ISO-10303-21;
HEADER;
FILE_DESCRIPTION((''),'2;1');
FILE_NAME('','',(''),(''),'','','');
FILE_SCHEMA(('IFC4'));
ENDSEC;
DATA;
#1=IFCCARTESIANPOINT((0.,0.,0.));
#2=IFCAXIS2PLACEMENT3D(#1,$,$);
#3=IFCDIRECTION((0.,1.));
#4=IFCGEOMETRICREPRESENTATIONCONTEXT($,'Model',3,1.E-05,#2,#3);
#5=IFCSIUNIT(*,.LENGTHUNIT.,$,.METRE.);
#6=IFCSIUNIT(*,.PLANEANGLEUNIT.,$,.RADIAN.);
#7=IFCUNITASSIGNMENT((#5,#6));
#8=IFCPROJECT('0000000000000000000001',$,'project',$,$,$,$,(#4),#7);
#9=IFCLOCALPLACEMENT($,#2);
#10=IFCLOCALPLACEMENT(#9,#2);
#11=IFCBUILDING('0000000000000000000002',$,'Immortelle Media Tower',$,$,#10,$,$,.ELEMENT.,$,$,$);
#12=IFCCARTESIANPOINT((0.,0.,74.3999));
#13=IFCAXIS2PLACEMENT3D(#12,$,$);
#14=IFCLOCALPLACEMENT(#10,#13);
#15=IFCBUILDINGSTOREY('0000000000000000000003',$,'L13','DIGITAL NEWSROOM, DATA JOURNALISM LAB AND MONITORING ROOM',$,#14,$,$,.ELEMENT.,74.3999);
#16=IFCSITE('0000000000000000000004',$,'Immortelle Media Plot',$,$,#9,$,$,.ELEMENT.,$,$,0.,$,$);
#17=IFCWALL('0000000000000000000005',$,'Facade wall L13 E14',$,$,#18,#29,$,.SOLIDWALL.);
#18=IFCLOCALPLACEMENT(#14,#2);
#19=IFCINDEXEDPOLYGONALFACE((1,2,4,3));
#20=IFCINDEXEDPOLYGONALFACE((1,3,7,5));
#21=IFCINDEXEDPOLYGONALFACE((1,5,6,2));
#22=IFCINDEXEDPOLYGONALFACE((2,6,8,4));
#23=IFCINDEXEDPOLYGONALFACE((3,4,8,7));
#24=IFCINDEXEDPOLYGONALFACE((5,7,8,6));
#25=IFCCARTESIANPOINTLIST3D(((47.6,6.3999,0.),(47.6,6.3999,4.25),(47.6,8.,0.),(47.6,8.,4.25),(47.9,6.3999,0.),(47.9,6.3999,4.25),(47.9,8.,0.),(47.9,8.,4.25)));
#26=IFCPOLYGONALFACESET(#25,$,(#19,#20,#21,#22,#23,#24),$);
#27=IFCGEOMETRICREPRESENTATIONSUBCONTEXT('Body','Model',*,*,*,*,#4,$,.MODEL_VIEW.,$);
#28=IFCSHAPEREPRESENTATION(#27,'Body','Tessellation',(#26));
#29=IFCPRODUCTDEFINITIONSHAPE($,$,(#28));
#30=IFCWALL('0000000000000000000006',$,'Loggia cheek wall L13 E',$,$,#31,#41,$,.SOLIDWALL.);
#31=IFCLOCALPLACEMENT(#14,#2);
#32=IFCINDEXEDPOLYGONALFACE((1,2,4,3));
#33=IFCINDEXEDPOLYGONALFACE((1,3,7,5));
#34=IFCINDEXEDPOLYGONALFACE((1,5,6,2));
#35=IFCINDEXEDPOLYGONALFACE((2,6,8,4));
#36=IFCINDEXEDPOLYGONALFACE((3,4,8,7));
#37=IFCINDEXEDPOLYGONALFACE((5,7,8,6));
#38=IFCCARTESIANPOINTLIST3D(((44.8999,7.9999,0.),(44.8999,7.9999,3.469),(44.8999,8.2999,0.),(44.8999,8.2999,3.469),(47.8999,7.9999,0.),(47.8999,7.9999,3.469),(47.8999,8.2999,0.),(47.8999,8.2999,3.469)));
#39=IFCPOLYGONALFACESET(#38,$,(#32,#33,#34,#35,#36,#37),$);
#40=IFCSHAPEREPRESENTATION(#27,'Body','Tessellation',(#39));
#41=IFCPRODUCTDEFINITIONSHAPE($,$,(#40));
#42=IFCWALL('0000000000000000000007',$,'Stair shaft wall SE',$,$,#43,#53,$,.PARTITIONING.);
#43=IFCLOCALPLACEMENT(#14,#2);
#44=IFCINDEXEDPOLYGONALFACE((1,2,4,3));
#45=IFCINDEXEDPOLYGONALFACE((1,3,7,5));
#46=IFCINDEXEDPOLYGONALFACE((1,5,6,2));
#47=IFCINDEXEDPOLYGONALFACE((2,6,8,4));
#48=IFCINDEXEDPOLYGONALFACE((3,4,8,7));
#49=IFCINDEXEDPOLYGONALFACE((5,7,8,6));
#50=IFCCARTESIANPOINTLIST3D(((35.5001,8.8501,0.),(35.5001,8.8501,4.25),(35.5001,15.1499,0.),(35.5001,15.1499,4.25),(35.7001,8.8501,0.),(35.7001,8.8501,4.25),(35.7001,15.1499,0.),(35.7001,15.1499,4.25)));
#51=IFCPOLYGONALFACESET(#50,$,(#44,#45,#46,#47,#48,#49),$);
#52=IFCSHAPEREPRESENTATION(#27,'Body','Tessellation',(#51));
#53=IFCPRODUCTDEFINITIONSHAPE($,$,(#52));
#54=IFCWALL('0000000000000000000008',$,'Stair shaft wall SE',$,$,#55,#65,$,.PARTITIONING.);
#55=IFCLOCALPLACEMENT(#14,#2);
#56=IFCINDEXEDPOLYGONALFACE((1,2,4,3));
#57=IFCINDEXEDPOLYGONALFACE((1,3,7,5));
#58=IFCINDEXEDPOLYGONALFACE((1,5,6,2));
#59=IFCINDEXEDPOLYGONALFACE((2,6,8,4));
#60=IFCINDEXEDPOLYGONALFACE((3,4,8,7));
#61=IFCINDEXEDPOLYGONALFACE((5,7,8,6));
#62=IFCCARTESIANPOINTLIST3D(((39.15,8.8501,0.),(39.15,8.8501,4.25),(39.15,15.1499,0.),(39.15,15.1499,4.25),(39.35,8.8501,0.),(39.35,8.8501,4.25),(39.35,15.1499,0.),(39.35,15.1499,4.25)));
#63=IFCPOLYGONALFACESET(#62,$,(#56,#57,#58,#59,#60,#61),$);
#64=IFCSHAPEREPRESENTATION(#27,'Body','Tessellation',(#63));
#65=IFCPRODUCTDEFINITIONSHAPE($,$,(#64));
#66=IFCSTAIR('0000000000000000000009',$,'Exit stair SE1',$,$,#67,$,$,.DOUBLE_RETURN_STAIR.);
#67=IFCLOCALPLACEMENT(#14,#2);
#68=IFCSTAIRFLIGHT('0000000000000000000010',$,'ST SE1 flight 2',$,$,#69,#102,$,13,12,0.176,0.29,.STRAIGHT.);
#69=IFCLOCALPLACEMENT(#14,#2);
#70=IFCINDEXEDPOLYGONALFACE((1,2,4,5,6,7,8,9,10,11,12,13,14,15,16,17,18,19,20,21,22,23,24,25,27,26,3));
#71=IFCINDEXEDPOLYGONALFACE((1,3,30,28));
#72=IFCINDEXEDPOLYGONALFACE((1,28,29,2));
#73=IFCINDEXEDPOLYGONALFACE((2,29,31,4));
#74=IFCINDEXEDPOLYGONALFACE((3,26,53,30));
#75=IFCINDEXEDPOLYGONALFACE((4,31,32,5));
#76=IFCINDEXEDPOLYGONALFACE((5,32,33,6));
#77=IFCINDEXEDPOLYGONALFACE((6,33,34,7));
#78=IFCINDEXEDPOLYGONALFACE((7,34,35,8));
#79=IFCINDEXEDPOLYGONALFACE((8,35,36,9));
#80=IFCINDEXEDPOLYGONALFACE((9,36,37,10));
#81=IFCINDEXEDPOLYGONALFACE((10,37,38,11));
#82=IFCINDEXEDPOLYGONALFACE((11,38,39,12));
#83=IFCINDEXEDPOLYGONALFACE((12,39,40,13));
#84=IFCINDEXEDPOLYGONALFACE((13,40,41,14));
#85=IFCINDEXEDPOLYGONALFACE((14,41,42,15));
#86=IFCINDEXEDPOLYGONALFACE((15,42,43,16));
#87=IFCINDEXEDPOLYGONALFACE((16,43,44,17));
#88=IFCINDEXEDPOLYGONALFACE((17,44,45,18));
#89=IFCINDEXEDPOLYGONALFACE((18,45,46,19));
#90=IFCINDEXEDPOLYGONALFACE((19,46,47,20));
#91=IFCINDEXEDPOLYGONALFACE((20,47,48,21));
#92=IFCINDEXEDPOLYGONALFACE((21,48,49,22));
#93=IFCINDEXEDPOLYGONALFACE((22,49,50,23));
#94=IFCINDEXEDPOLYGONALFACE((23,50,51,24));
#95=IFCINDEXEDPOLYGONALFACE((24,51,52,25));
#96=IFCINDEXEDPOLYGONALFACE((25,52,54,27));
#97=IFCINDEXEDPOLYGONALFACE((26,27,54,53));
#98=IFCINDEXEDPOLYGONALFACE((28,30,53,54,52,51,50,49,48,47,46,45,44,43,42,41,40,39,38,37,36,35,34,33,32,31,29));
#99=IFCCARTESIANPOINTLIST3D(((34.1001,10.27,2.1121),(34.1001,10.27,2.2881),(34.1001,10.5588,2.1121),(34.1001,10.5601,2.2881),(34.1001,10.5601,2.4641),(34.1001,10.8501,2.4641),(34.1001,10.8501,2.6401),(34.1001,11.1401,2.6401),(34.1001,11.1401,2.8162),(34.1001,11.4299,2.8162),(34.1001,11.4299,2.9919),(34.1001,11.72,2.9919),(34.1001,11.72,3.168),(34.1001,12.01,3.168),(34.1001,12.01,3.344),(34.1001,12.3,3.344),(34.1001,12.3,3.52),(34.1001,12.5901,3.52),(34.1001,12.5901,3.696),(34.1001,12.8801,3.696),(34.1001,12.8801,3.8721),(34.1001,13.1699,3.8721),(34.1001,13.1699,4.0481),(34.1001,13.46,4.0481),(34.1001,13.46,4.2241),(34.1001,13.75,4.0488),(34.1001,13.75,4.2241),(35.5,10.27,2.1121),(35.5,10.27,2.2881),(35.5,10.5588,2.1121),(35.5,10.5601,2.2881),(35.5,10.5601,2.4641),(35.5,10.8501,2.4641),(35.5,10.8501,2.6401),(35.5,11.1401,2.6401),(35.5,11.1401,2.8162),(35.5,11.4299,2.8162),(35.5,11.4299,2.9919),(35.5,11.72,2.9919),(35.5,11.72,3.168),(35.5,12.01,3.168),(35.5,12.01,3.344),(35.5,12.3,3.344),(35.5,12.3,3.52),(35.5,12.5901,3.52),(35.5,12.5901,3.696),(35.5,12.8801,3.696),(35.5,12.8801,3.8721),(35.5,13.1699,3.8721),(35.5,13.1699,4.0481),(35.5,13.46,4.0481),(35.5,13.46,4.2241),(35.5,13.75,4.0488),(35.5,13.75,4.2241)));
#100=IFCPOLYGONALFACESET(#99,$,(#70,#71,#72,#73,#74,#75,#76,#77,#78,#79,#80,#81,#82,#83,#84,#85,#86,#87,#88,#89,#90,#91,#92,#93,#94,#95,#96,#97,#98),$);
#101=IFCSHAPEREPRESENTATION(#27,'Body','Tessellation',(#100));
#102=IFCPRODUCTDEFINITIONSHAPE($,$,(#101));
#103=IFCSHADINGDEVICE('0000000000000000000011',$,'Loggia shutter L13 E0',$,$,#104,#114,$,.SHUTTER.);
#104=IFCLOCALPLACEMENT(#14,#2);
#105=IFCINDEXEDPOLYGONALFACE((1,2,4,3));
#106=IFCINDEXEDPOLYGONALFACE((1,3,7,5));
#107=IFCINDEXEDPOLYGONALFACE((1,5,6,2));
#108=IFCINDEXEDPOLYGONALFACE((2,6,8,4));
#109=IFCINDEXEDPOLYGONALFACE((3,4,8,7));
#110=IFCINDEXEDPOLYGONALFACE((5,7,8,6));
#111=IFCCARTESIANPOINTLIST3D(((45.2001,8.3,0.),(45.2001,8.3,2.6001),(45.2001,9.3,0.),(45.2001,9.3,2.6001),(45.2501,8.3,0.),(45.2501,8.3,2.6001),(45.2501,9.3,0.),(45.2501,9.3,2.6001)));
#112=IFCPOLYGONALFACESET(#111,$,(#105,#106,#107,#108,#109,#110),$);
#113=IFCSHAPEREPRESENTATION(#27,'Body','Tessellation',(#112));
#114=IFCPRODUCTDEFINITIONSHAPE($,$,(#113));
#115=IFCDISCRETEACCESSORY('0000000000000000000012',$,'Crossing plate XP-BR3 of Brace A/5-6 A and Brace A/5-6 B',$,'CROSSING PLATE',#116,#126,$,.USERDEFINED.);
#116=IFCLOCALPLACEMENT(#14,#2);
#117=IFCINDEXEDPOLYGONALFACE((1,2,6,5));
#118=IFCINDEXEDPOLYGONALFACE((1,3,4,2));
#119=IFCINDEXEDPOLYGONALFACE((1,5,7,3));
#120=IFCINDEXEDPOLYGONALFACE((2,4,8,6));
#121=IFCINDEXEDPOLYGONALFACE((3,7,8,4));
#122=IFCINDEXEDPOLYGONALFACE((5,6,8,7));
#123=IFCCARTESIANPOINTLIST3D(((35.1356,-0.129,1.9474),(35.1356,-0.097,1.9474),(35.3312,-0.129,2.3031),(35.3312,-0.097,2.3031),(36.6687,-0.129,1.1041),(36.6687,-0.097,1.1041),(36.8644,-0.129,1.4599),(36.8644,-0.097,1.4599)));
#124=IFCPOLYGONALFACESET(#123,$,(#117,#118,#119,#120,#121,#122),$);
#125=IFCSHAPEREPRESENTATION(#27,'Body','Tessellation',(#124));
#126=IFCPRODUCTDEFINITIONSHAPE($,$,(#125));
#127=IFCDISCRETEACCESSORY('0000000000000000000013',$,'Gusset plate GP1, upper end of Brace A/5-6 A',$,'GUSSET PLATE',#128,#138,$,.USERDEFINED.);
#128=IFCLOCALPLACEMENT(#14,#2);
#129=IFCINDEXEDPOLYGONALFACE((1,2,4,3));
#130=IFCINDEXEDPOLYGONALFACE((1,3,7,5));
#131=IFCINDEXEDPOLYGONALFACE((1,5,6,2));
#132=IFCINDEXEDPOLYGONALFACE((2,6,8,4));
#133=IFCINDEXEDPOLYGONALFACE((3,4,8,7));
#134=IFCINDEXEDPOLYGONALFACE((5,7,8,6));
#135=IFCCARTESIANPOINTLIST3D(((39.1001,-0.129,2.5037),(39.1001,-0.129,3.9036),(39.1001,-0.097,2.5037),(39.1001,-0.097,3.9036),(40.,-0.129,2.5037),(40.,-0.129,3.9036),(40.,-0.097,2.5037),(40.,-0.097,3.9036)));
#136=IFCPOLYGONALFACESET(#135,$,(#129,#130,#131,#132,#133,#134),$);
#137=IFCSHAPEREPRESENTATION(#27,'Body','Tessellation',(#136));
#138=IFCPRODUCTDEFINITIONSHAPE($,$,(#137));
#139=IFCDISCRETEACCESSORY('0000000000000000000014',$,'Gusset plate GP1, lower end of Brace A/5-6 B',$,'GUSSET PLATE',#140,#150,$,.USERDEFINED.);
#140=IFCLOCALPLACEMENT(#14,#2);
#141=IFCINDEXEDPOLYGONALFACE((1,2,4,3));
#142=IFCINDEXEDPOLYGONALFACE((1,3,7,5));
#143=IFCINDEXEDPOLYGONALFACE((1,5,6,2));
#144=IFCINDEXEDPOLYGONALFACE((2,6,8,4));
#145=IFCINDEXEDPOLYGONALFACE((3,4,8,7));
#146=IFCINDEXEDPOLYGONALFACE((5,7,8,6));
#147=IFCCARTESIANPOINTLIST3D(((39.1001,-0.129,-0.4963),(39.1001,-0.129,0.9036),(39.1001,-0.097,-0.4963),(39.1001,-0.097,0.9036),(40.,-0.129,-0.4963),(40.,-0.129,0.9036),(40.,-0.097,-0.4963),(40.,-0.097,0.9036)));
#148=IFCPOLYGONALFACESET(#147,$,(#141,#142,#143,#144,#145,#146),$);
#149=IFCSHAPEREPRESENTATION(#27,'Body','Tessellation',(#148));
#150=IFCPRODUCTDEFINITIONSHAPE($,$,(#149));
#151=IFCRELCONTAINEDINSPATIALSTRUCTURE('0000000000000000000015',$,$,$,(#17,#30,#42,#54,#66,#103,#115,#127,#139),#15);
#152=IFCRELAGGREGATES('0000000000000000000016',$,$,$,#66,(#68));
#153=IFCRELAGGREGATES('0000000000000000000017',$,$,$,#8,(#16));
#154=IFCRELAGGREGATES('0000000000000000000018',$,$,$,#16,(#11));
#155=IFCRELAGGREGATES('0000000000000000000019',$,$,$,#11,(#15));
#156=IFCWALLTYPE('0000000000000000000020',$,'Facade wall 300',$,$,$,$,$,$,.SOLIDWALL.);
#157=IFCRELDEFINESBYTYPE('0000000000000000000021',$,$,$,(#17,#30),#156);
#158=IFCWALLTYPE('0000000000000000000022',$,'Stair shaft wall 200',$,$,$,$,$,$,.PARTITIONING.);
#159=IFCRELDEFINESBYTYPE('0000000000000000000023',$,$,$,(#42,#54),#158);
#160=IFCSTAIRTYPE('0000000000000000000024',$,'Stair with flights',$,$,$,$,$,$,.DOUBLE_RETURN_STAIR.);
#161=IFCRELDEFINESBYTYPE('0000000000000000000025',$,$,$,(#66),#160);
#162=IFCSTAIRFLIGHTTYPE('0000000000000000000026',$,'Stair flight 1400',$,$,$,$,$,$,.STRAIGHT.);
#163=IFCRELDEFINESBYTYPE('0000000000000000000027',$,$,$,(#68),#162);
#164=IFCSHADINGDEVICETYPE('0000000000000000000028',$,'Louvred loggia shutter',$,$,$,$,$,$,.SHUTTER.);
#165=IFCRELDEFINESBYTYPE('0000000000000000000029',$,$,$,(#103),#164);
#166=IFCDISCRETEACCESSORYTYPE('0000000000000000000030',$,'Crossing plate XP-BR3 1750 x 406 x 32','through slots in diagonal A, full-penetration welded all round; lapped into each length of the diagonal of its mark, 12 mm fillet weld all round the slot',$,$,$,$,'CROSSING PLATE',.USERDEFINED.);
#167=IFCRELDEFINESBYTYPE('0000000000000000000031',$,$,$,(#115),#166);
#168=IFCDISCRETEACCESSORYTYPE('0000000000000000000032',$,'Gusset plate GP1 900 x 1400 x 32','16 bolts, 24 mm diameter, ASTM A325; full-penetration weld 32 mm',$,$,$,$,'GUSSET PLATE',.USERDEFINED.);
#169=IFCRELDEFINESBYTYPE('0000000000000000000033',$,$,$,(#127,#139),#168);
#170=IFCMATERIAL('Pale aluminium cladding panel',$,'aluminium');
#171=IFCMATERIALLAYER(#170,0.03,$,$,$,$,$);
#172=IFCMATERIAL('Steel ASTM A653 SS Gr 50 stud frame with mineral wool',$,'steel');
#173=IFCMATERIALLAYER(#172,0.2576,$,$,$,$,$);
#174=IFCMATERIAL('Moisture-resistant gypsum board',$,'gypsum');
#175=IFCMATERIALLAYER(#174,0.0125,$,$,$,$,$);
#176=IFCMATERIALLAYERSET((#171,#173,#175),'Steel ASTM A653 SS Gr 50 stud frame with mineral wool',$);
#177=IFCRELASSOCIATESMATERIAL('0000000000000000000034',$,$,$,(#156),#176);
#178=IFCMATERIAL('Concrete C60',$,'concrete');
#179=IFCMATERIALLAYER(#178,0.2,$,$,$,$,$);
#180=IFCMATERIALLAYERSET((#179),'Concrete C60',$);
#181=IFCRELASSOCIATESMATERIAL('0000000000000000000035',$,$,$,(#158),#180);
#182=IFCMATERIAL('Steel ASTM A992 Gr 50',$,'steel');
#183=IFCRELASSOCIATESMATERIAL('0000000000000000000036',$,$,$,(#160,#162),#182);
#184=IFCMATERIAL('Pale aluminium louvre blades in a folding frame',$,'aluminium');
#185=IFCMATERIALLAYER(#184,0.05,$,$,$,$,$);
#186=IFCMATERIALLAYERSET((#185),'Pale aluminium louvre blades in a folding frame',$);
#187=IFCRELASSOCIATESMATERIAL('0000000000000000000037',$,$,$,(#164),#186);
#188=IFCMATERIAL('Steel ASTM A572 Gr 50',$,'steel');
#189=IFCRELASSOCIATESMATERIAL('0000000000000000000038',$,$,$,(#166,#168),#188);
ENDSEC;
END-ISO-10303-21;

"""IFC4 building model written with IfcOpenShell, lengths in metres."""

from ifc_helpers import new_model, si_unit, direction, frame, frame_2d, origin, origin_2d, place, context, subcontext, project, spatial, polyline, rectangle, outline, extrude, material, layer, layer_set, material_profile, profile_set, type_object, element, aggregate, save


model = new_model("IFC4")

# Units and contexts
model_context = context("Model", 3, precision=1e-05, world=origin(), true_north=direction((0.0, 1.0)))
body_context = subcontext(model_context, "Body", "Model", "MODEL_VIEW")
ifc_project = project(units=[si_unit("LENGTHUNIT", "METRE"), si_unit("PLANEANGLEUNIT", "RADIAN")], contexts=[model_context])

# Site, building, storey
site_placement = place(None, origin())
site = spatial("IfcSite", under=ifc_project, at=site_placement, Name="Immortelle Media Plot", CompositionType="ELEMENT", RefElevation=0.0)
building_placement = place(site_placement, origin())
building = spatial("IfcBuilding", under=site, at=building_placement, Name="Immortelle Media Tower", CompositionType="ELEMENT")
storey_placement = place(building_placement, frame((0.0, 0.0, 74.3999)))
storey = spatial("IfcBuildingStorey", under=building, at=storey_placement, Name="L13", Description="DIGITAL NEWSROOM, DATA JOURNALISM LAB AND MONITORING ROOM", CompositionType="ELEMENT", Elevation=74.3999)

# Shared definitions
ifc_material_1 = material(Name="Steel ASTM A992 Gr 50", Category="steel")

# Wall
ifc_material_2 = material(Name="Pale aluminium cladding panel", Category="aluminium")
ifc_layer_1 = layer(ifc_material_2, 0.03)
ifc_material_3 = material(Name="Steel ASTM A653 SS Gr 50 stud frame with mineral wool", Category="steel")
ifc_layer_2 = layer(ifc_material_3, 0.2576)
ifc_material_4 = material(Name="Moisture-resistant gypsum board", Category="gypsum")
ifc_layer_3 = layer(ifc_material_4, 0.0125)
ifc_layer_set_1 = layer_set([ifc_layer_1, ifc_layer_2, ifc_layer_3], Name="Steel ASTM A653 SS Gr 50 stud frame with mineral wool")
wall_type_1 = type_object("IfcWallType", Name="Facade wall 300", PredefinedType="SOLIDWALL", material=ifc_layer_set_1)
wall_1_placement = place(storey_placement, frame((47.75, 6.3999, 0.0), z_axis=(0.0, 0.0, 1.0), x_axis=(0.0, 1.0, 0.0)))
element("IfcWall", 1, at=wall_1_placement, inside=storey, type_object=wall_type_1, Name="Facade wall L13 E14", PredefinedType="SOLIDWALL", context=body_context, shape_type="SweptSolid", body=[
    extrude(rectangle(XDim=1.6001, YDim=0.3, at=frame_2d((0.8, 0.0))), origin(), (0.0, 0.0, 1.0), 4.25),
])

# Walls
wall_2_placement = place(storey_placement, frame((47.8999, 8.1499, 0.0), z_axis=(0.0, 0.0, 1.0), x_axis=(-1.0, 0.0, 0.0)))
element("IfcWall", 2, at=wall_2_placement, inside=storey, type_object=wall_type_1, Name="Loggia cheek wall L13 E", PredefinedType="SOLIDWALL", context=body_context, shape_type="SweptSolid", body=[
    extrude(rectangle(XDim=3.0, YDim=0.3, at=frame_2d((1.5, 0.0))), origin(), (0.0, 0.0, 1.0), 3.469),
])
ifc_material_5 = material(Name="Concrete C60", Category="concrete")
ifc_layer_4 = layer(ifc_material_5, 0.2)
ifc_layer_set_2 = layer_set([ifc_layer_4], Name="Concrete C60")
wall_type_2 = type_object("IfcWallType", Name="Stair shaft wall 200", PredefinedType="PARTITIONING", material=ifc_layer_set_2)
for number, where, z_axis, x_axis, name in (
    (3, (35.6001, 8.8501, 0.0), (0.0, 0.0, 1.0), (0.0, 1.0, 0.0), "Stair shaft wall SE"),
    (4, (39.25, 8.8501, 0.0), (0.0, 0.0, 1.0), (0.0, 1.0, 0.0), "Stair shaft wall SE"),
):
    element("IfcWall", number, at=place(storey_placement, frame(where, z_axis=z_axis, x_axis=x_axis)), inside=storey, type_object=wall_type_2, Name=name, PredefinedType="PARTITIONING", context=body_context, shape_type="SweptSolid", body=[
        extrude(rectangle(XDim=6.2998, YDim=0.2, at=frame_2d((3.1499, 0.0))), origin(), (0.0, 0.0, 1.0), 4.25),
    ])

# Stair, stair flight
stair_type = type_object("IfcStairType", Name="Stair with flights", PredefinedType="DOUBLE_RETURN_STAIR", material=ifc_material_1)
stair_placement = place(storey_placement, origin())
stair = element("IfcStair", 5, at=stair_placement, inside=storey, type_object=stair_type, Name="Exit stair SE1", PredefinedType="DOUBLE_RETURN_STAIR")
stair_flight_type = type_object("IfcStairFlightType", Name="Stair flight 1400", PredefinedType="STRAIGHT", material=ifc_material_1)
stair_flight_placement = place(storey_placement, frame((34.8, 10.27, 2.1121), z_axis=(0.0, 0.0, 1.0), x_axis=(0.0, 1.0, 0.0)))
stair_flight = element("IfcStairFlight", 6, at=stair_flight_placement, type_object=stair_flight_type, Name="ST SE1 flight 2", NumberOfRisers=13, NumberOfTreads=12, PredefinedType="STRAIGHT", RiserHeight=0.176, TreadLength=0.29, context=body_context, shape_type="SweptSolid", body=[
    extrude(outline(polyline([(0.0, 0.0), (0.0, 0.176), (0.29, 0.176), (0.29, 0.3521), (0.5801, 0.3521), (0.5801, 0.5281), (0.8701, 0.5281), (0.8701, 0.7041), (1.1599, 0.7041), (1.1599, 0.8799), (1.45, 0.8799), (1.45, 1.0559), (1.74, 1.0559), (1.74, 1.2319), (2.03, 1.2319), (2.03, 1.408), (2.3201, 1.408), (2.3201, 1.584), (2.6101, 1.584), (2.6101, 1.76), (2.8999, 1.76), (2.8999, 1.936), (3.1899, 1.936), (3.1899, 2.1121), (3.48, 2.1121), (3.48, 2.2881), (3.48, 1.9368), (0.2888, 0.0), (0.0, 0.0)])), frame((0.0, 0.7, 0.0), z_axis=(0.0, -1.0, 0.0), x_axis=(1.0, 0.0, 0.0)), (0.0, 0.0, 1.0), 1.3999),
])
aggregate(stair, [stair_flight])

# Shading device
ifc_material_6 = material(Name="Pale aluminium louvre blades in a folding frame", Category="aluminium")
ifc_layer_5 = layer(ifc_material_6, 0.05)
ifc_layer_set_3 = layer_set([ifc_layer_5], Name="Pale aluminium louvre blades in a folding frame")
shading_device_type = type_object("IfcShadingDeviceType", Name="Louvred loggia shutter", PredefinedType="SHUTTER", material=ifc_layer_set_3)
shading_device_placement = place(storey_placement, frame((45.2251, 8.8, 0.0), z_axis=(0.0, 0.0, 1.0), x_axis=(0.0, 1.0, 0.0)))
element("IfcShadingDevice", 7, at=shading_device_placement, inside=storey, type_object=shading_device_type, Name="Loggia shutter L13 E0", PredefinedType="SHUTTER", context=body_context, shape_type="SweptSolid", body=[
    extrude(rectangle(XDim=1.0, YDim=0.05, at=origin_2d()), origin(), (0.0, 0.0, 1.0), 2.6001),
])

# Discrete accessories
ifc_material_7 = material(Name="Steel ASTM A572 Gr 50", Category="steel")
ifc_material_profile_1 = material_profile(ifc_material_7, rectangle(XDim=0.032, YDim=0.406, at=origin_2d()), Name="PL 32 x 406")
ifc_profile_set_1 = profile_set([ifc_material_profile_1], Name="Steel ASTM A572 Gr 50")
discrete_accessory_type_1 = type_object("IfcDiscreteAccessoryType", Name="Crossing plate XP-BR3 1750 x 406 x 32", Description="through slots in diagonal A, full-penetration welded all round; lapped into each length of the diagonal of its mark, 12 mm fillet weld all round the slot", ElementType="CROSSING PLATE", PredefinedType="USERDEFINED", material=ifc_profile_set_1)
discrete_accessory_placement = place(storey_placement, frame((35.2334, -0.113, 2.1252), z_axis=(0.876216, 0.0, -0.481919), x_axis=(0.0, 1.0, 0.0)))
element("IfcDiscreteAccessory", 8, at=discrete_accessory_placement, inside=storey, type_object=discrete_accessory_type_1, Name="Crossing plate XP-BR3 of Brace A/5-6 A and Brace A/5-6 B", ObjectType="CROSSING PLATE", PredefinedType="USERDEFINED", context=body_context, shape_type="SweptSolid", body=[
    extrude(rectangle(XDim=0.032, YDim=0.406, at=origin_2d()), origin(), (0.0, 0.0, 1.0), 1.7498),
])
ifc_material_profile_2 = material_profile(ifc_material_7, rectangle(XDim=0.032, YDim=1.3999, at=origin_2d()), Name="PL 32 x 1400")
ifc_profile_set_2 = profile_set([ifc_material_profile_2], Name="Steel ASTM A572 Gr 50")
discrete_accessory_type_2 = type_object("IfcDiscreteAccessoryType", Name="Gusset plate GP1 900 x 1400 x 32", Description="16 bolts, 24 mm diameter, ASTM A325; full-penetration weld 32 mm", ElementType="GUSSET PLATE", PredefinedType="USERDEFINED", material=ifc_profile_set_2)
for number, where, z_axis, x_axis, name in (
    (9, (40.0, -0.113, 3.2036), (-1.0, 0.0, 0.0), (0.0, -1.0, 0.0), "Gusset plate GP1, upper end of Brace A/5-6 A"),
    (10, (40.0, -0.113, 0.2036), (-1.0, 0.0, 0.0), (0.0, -1.0, 0.0), "Gusset plate GP1, lower end of Brace A/5-6 B"),
):
    element("IfcDiscreteAccessory", number, at=place(storey_placement, frame(where, z_axis=z_axis, x_axis=x_axis)), inside=storey, type_object=discrete_accessory_type_2, Name=name, ObjectType="GUSSET PLATE", PredefinedType="USERDEFINED", context=body_context, shape_type="SweptSolid", body=[
        extrude(rectangle(XDim=0.032, YDim=1.3999, at=origin_2d()), origin(), (0.0, 0.0, 1.0), 0.8999),
    ])

save(model, "model.ifc")
